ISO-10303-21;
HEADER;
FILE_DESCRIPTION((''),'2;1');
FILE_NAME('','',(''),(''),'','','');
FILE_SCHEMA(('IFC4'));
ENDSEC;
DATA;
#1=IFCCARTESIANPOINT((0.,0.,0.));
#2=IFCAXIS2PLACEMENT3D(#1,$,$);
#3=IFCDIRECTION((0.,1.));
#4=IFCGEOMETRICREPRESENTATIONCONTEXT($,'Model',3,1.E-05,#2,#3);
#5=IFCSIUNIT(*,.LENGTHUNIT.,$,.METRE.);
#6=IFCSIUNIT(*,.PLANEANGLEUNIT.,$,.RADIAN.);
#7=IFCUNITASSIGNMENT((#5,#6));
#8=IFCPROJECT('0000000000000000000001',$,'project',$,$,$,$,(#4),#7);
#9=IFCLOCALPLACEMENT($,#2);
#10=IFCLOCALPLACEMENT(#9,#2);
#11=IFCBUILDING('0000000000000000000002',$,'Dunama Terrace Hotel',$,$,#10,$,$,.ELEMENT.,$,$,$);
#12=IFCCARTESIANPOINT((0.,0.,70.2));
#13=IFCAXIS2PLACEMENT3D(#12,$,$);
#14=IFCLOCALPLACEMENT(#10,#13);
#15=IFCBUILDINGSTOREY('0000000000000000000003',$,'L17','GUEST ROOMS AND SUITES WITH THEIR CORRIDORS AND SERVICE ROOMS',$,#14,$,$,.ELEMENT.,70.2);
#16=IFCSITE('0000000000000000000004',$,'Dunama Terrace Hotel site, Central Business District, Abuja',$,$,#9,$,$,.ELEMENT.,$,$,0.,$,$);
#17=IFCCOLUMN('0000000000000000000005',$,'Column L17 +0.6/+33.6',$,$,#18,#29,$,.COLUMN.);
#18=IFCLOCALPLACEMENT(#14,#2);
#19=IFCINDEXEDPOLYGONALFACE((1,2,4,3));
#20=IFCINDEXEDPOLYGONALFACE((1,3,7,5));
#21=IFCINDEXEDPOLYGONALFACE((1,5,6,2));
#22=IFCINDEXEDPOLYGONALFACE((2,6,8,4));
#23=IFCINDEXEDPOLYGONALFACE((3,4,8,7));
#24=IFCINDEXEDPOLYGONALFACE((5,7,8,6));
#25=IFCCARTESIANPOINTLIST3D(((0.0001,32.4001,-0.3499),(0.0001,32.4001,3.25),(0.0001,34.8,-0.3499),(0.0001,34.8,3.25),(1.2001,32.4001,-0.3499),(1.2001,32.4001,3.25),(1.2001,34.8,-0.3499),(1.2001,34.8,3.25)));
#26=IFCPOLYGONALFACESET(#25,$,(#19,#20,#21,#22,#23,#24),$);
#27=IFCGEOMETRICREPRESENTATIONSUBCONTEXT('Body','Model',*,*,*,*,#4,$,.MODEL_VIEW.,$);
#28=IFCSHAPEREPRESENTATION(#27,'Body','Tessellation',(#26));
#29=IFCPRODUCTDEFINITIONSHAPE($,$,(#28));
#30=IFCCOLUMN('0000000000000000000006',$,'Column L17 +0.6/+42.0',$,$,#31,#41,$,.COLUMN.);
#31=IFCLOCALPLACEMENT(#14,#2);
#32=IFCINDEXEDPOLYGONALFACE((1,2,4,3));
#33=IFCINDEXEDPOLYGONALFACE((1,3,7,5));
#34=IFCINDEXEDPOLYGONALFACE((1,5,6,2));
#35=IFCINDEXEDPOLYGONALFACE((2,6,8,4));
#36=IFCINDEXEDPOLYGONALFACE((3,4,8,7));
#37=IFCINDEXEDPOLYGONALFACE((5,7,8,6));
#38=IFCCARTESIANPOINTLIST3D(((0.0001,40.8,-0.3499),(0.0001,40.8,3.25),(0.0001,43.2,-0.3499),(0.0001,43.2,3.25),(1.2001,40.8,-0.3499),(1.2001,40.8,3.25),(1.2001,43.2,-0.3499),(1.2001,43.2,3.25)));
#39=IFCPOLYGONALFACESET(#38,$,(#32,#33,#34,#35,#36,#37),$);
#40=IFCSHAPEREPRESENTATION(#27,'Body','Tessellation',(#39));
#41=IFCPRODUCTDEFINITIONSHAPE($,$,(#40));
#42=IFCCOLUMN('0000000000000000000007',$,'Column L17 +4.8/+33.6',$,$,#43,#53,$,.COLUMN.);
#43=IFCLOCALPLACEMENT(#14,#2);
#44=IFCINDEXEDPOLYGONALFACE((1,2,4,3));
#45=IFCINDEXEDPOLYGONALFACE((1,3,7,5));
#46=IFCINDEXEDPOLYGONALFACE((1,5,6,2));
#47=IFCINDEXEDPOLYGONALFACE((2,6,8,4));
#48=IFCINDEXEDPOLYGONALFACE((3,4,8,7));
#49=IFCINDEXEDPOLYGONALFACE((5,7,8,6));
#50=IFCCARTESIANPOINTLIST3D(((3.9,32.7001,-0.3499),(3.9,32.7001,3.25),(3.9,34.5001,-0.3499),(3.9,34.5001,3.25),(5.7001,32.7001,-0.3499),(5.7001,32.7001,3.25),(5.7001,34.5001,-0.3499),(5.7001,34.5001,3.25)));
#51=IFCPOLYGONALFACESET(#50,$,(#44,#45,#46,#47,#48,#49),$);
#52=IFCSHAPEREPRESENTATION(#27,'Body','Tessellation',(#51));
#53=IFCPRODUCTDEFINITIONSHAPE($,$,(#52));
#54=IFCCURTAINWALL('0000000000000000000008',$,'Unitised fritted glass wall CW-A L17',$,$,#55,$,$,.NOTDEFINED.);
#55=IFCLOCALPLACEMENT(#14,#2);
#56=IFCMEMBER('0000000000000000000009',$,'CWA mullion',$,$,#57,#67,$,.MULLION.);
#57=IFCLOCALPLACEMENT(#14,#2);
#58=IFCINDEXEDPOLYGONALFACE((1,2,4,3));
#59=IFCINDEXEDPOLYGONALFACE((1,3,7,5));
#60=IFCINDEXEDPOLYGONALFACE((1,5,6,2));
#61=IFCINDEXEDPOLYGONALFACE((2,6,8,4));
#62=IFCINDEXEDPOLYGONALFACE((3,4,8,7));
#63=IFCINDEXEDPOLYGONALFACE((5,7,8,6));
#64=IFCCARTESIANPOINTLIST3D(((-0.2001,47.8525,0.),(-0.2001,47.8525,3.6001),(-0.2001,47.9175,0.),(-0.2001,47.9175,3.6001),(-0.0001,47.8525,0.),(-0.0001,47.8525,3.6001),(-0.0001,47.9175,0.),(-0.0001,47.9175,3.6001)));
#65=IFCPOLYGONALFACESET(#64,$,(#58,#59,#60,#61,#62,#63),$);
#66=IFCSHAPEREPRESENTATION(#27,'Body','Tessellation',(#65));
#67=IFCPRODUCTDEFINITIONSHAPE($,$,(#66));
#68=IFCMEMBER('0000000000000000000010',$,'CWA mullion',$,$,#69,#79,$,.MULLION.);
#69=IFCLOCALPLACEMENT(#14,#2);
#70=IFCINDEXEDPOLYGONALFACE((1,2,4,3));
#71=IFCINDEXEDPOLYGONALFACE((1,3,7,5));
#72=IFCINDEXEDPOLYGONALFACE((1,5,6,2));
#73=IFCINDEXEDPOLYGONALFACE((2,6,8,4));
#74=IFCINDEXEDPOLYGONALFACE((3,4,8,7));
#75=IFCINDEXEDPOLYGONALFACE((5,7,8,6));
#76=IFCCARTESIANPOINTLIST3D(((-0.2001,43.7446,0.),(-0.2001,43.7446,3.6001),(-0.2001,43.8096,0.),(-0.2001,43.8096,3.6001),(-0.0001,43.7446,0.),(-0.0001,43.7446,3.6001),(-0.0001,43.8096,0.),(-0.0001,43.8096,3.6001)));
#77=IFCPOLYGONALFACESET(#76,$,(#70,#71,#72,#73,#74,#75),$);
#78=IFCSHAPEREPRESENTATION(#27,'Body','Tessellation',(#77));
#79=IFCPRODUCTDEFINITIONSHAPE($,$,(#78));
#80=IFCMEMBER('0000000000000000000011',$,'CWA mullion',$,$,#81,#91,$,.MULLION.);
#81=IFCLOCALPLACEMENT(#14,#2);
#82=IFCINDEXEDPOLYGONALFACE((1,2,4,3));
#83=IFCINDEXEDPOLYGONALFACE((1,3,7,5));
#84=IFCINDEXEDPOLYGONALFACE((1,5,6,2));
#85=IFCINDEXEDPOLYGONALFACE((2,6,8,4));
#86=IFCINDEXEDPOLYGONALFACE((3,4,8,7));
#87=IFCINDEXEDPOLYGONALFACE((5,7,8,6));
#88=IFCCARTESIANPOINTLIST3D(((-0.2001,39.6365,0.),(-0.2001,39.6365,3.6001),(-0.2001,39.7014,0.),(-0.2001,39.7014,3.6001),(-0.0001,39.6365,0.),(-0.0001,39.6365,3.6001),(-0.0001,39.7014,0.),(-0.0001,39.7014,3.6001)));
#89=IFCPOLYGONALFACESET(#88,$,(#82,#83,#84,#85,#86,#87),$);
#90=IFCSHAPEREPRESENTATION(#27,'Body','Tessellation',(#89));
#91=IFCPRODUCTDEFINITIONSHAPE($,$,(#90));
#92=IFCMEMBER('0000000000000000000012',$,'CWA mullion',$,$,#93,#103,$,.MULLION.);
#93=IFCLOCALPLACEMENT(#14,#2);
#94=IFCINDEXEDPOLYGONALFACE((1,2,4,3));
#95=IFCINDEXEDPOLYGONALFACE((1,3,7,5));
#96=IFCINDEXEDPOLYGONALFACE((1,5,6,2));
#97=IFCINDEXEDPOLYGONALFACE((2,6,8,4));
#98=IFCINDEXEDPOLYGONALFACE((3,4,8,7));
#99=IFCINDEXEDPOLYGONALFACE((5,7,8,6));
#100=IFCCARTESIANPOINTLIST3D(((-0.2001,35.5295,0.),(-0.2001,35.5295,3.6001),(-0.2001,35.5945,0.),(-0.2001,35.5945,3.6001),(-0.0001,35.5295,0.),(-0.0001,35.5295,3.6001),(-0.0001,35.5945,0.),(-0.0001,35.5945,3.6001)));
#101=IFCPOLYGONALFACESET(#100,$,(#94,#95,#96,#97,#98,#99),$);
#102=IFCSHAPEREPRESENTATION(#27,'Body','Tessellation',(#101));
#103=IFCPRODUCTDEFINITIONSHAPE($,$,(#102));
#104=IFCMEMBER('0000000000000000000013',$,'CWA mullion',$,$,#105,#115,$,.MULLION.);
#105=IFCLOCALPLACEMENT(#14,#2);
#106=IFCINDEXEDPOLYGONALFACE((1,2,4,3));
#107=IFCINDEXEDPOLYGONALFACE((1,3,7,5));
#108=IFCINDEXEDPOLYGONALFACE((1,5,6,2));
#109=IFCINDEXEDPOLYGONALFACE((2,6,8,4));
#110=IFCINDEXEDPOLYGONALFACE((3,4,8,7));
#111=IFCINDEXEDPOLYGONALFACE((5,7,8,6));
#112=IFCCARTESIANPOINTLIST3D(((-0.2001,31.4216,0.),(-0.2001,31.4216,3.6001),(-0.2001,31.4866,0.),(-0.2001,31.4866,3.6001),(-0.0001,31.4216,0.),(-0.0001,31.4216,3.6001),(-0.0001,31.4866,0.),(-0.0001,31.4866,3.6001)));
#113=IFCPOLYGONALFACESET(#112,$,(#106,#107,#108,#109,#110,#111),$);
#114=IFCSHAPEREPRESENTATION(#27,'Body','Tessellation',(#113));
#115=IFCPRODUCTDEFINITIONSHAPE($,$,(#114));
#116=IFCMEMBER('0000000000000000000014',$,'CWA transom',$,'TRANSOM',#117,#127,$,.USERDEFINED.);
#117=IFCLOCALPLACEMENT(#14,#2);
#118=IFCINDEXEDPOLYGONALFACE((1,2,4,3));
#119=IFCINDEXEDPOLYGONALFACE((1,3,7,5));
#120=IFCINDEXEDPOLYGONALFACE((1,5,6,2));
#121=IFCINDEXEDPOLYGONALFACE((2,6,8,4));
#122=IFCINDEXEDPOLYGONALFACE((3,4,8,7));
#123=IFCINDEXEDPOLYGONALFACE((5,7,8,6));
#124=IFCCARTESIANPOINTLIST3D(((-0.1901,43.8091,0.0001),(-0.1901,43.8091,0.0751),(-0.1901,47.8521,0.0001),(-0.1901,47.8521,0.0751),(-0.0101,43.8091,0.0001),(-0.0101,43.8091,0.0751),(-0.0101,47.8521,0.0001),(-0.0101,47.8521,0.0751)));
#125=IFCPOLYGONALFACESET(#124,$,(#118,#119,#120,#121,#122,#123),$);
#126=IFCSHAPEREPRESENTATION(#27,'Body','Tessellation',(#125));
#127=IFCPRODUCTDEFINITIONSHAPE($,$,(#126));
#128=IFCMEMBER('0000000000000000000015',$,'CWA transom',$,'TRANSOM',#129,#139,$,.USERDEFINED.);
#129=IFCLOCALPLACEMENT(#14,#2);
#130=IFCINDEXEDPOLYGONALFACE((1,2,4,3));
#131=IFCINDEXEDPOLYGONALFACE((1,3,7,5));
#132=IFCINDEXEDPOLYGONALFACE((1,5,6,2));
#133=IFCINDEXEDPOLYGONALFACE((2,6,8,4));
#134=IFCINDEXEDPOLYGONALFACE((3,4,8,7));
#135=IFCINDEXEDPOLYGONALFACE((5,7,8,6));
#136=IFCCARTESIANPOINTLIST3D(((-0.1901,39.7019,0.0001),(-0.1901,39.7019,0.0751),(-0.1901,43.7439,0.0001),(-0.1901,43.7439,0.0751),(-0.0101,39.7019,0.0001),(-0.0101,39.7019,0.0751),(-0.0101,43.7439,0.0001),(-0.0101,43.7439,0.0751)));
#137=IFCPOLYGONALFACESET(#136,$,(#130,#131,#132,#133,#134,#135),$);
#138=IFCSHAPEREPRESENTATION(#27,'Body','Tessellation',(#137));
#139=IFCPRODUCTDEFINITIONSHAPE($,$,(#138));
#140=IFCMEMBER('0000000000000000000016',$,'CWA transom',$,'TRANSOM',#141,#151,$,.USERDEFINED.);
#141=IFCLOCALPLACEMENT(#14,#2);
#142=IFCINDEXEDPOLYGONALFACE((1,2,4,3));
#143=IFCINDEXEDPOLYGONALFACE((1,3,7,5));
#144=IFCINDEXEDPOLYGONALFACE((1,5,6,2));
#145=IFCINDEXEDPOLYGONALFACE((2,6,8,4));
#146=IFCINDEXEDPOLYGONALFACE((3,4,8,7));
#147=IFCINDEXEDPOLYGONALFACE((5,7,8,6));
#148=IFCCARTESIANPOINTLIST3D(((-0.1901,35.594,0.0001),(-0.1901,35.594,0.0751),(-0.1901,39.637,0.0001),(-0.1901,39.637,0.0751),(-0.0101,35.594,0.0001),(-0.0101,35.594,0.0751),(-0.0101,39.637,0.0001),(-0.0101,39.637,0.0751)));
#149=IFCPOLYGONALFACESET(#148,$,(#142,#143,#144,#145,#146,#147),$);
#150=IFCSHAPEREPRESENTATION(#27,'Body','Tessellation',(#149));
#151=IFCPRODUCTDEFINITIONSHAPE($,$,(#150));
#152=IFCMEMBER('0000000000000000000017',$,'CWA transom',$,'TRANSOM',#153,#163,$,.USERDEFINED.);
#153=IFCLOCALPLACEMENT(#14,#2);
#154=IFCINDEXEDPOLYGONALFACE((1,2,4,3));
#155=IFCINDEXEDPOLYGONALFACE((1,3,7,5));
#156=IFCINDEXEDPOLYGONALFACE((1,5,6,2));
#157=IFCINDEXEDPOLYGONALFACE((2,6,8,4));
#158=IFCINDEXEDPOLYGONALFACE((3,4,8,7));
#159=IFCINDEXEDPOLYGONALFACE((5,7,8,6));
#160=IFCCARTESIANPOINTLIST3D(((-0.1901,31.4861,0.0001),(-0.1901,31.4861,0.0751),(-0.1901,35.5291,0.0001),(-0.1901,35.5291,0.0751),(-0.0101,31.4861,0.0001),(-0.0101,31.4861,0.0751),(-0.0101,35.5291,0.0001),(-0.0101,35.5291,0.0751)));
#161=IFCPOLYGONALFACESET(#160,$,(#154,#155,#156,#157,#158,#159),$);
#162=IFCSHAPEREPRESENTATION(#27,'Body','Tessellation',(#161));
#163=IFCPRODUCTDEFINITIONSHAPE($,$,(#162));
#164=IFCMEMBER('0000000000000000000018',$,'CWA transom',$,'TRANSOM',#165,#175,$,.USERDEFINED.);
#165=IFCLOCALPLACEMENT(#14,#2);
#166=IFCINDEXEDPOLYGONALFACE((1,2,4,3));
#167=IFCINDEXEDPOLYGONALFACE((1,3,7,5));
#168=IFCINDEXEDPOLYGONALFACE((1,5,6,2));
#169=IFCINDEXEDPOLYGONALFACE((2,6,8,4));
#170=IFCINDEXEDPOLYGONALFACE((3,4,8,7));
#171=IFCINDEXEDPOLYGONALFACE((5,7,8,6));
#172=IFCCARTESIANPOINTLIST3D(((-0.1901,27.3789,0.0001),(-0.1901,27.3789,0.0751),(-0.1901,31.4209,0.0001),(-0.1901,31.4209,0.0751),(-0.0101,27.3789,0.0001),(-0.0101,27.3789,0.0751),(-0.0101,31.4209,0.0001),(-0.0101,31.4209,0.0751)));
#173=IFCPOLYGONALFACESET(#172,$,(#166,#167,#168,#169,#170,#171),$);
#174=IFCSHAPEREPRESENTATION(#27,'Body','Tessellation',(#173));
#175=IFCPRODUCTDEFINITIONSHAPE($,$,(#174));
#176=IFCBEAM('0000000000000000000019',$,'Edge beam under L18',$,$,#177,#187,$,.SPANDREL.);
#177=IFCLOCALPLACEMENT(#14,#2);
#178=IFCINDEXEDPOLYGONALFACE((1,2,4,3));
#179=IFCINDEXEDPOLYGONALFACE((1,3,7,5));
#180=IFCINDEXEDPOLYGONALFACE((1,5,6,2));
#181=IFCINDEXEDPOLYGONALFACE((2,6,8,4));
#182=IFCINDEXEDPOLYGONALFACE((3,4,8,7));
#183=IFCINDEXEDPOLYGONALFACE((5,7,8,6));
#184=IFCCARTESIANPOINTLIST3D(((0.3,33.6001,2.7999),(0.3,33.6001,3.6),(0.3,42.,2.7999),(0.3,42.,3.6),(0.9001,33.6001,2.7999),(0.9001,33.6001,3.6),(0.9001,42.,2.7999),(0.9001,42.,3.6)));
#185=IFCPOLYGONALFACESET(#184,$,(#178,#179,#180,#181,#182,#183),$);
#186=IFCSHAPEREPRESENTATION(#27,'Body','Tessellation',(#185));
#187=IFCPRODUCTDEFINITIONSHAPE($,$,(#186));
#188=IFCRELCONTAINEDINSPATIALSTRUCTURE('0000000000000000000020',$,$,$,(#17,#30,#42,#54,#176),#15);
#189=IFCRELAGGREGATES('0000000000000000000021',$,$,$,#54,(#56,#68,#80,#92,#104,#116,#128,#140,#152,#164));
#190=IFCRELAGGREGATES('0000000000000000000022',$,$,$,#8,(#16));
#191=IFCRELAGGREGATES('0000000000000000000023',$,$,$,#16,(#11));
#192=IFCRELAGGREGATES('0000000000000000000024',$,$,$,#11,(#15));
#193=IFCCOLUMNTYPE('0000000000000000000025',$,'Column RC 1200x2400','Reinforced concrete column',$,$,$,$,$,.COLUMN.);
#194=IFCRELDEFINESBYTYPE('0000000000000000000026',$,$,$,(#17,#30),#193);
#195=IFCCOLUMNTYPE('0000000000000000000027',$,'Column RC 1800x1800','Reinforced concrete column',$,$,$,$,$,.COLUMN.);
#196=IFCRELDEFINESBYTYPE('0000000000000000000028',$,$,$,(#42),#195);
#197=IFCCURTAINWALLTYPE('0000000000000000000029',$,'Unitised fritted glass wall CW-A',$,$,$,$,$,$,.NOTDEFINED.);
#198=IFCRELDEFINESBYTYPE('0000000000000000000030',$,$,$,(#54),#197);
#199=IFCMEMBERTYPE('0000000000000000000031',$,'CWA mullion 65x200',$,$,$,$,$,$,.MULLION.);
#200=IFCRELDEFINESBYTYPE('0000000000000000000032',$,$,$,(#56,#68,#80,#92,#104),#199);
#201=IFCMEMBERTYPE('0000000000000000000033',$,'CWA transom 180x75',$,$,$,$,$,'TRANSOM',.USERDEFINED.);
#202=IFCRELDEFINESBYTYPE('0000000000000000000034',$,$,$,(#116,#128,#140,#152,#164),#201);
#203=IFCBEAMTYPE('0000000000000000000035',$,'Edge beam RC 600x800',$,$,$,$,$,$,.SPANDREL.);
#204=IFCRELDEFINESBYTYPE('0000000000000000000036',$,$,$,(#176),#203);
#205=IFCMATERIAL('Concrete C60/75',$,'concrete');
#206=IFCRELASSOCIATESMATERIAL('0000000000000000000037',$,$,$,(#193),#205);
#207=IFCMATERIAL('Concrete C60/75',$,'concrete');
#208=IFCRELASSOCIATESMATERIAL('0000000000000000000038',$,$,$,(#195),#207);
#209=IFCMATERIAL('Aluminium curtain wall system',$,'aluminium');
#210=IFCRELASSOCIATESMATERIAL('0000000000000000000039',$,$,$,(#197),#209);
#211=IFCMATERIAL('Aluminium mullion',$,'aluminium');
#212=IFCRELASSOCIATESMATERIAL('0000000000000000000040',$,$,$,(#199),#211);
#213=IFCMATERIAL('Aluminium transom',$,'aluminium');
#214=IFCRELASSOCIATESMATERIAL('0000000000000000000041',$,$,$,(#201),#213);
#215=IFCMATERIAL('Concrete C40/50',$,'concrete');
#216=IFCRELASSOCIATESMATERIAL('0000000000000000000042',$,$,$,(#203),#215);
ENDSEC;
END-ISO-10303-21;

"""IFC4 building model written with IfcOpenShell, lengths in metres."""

from ifc_helpers import new_model, si_unit, direction, frame, origin, origin_2d, place, context, subcontext, project, spatial, rectangle, extrude, material, material_profile, profile_set, type_object, element, aggregate, save


model = new_model("IFC4")

# Units and contexts
model_context = context("Model", 3, precision=1e-05, world=origin(), true_north=direction((0.0, 1.0)))
body_context = subcontext(model_context, "Body", "Model", "MODEL_VIEW")
ifc_project = project(units=[si_unit("LENGTHUNIT", "METRE"), si_unit("PLANEANGLEUNIT", "RADIAN")], contexts=[model_context])

# Site, building, storey
site_placement = place(None, origin())
site = spatial("IfcSite", under=ifc_project, at=site_placement, Name="Dunama Terrace Hotel site, Central Business District, Abuja", CompositionType="ELEMENT", RefElevation=0.0)
building_placement = place(site_placement, origin())
building = spatial("IfcBuilding", under=site, at=building_placement, Name="Dunama Terrace Hotel", CompositionType="ELEMENT")
storey_placement = place(building_placement, frame((0.0, 0.0, 70.2)))
storey = spatial("IfcBuildingStorey", under=building, at=storey_placement, Name="L17", Description="GUEST ROOMS AND SUITES WITH THEIR CORRIDORS AND SERVICE ROOMS", CompositionType="ELEMENT", Elevation=70.2)

# Columns
ifc_material_1 = material(Name="Concrete C60/75", Category="concrete")
ifc_material_profile_1 = material_profile(ifc_material_1, rectangle(XDim=1.2, YDim=2.3999, at=origin_2d()), Name="RC 1200x2400")
ifc_profile_set_1 = profile_set([ifc_material_profile_1], Name="Concrete C60/75")
column_type_1 = type_object("IfcColumnType", Name="Column RC 1200x2400", Description="Reinforced concrete column", PredefinedType="COLUMN", material=ifc_profile_set_1)
for number, where, z_axis, x_axis, name in (
    (1, (0.6001, 33.6001, -0.3499), (0.0, 0.0, 1.0), (1.0, 0.0, 0.0), "Column L17 +0.6/+33.6"),
    (2, (0.6001, 42.0, -0.3499), (0.0, 0.0, 1.0), (1.0, 0.0, 0.0), "Column L17 +0.6/+42.0"),
):
    element("IfcColumn", number, at=place(storey_placement, frame(where, z_axis=z_axis, x_axis=x_axis)), inside=storey, type_object=column_type_1, Name=name, PredefinedType="COLUMN", context=body_context, shape_type="SweptSolid", body=[
        extrude(rectangle(XDim=1.2, YDim=2.3999, at=origin_2d()), origin(), (0.0, 0.0, 1.0), 3.5999),
    ])
ifc_material_2 = material(Name="Concrete C60/75", Category="concrete")
ifc_material_profile_2 = material_profile(ifc_material_2, rectangle(XDim=1.8, YDim=1.8, at=origin_2d()), Name="RC 1800x1800")
ifc_profile_set_2 = profile_set([ifc_material_profile_2], Name="Concrete C60/75")
column_type_2 = type_object("IfcColumnType", Name="Column RC 1800x1800", Description="Reinforced concrete column", PredefinedType="COLUMN", material=ifc_profile_set_2)
column_placement = place(storey_placement, frame((4.8, 33.6001, -0.3499), z_axis=(0.0, 0.0, 1.0), x_axis=(1.0, 0.0, 0.0)))
element("IfcColumn", 3, at=column_placement, inside=storey, type_object=column_type_2, Name="Column L17 +4.8/+33.6", PredefinedType="COLUMN", context=body_context, shape_type="SweptSolid", body=[
    extrude(rectangle(XDim=1.8, YDim=1.8, at=origin_2d()), origin(), (0.0, 0.0, 1.0), 3.5999),
])

# Curtain wall, members
ifc_material_3 = material(Name="Aluminium curtain wall system", Category="aluminium")
curtain_wall_type = type_object("IfcCurtainWallType", Name="Unitised fritted glass wall CW-A", PredefinedType="NOTDEFINED", material=ifc_material_3)
curtain_wall_placement = place(storey_placement, origin())
curtain_wall = element("IfcCurtainWall", 4, at=curtain_wall_placement, inside=storey, type_object=curtain_wall_type, Name="Unitised fritted glass wall CW-A L17", PredefinedType="NOTDEFINED")
ifc_material_4 = material(Name="Aluminium mullion", Category="aluminium")
ifc_material_profile_3 = material_profile(ifc_material_4, rectangle(XDim=0.0649, YDim=0.2, at=origin_2d()), Name="CWA MULLION 65X200")
ifc_profile_set_3 = profile_set([ifc_material_profile_3], Name="Aluminium mullion")
member_type_1 = type_object("IfcMemberType", Name="CWA mullion 65x200", PredefinedType="MULLION", material=ifc_profile_set_3)
member_1_placement = place(storey_placement, frame((-0.1001, 47.885, 0.0), z_axis=(0.0, 0.0, 1.0), x_axis=(0.0, -1.0, 0.0)))
member_1 = element("IfcMember", 5, at=member_1_placement, type_object=member_type_1, Name="CWA mullion", PredefinedType="MULLION", context=body_context, shape_type="SweptSolid", body=[
    extrude(rectangle(XDim=0.0649, YDim=0.2, at=origin_2d()), origin(), (0.0, 0.0, 1.0), 3.6001),
])
member_2_placement = place(storey_placement, frame((-0.1001, 43.7771, 0.0), z_axis=(0.0, 0.0, 1.0), x_axis=(0.0, -1.0, 0.0)))
member_2 = element("IfcMember", 6, at=member_2_placement, type_object=member_type_1, Name="CWA mullion", PredefinedType="MULLION", context=body_context, shape_type="SweptSolid", body=[
    extrude(rectangle(XDim=0.0649, YDim=0.2, at=origin_2d()), origin(), (0.0, 0.0, 1.0), 3.6001),
])
member_3_placement = place(storey_placement, frame((-0.1001, 39.6689, 0.0), z_axis=(0.0, 0.0, 1.0), x_axis=(0.0, -1.0, 0.0)))
member_3 = element("IfcMember", 7, at=member_3_placement, type_object=member_type_1, Name="CWA mullion", PredefinedType="MULLION", context=body_context, shape_type="SweptSolid", body=[
    extrude(rectangle(XDim=0.0649, YDim=0.2, at=origin_2d()), origin(), (0.0, 0.0, 1.0), 3.6001),
])
member_4_placement = place(storey_placement, frame((-0.1001, 35.562, 0.0), z_axis=(0.0, 0.0, 1.0), x_axis=(0.0, -1.0, 0.0)))
member_4 = element("IfcMember", 8, at=member_4_placement, type_object=member_type_1, Name="CWA mullion", PredefinedType="MULLION", context=body_context, shape_type="SweptSolid", body=[
    extrude(rectangle(XDim=0.0649, YDim=0.2, at=origin_2d()), origin(), (0.0, 0.0, 1.0), 3.6001),
])
member_5_placement = place(storey_placement, frame((-0.1001, 31.4541, 0.0), z_axis=(0.0, 0.0, 1.0), x_axis=(0.0, -1.0, 0.0)))
member_5 = element("IfcMember", 9, at=member_5_placement, type_object=member_type_1, Name="CWA mullion", PredefinedType="MULLION", context=body_context, shape_type="SweptSolid", body=[
    extrude(rectangle(XDim=0.0649, YDim=0.2, at=origin_2d()), origin(), (0.0, 0.0, 1.0), 3.6001),
])
ifc_material_5 = material(Name="Aluminium transom", Category="aluminium")
ifc_material_profile_4 = material_profile(ifc_material_5, rectangle(XDim=0.1799, YDim=0.075, at=origin_2d()), Name="CWA TRANSOM 180X75")
ifc_profile_set_4 = profile_set([ifc_material_profile_4], Name="Aluminium transom")
member_type_2 = type_object("IfcMemberType", Name="CWA transom 180x75", ElementType="TRANSOM", PredefinedType="USERDEFINED", material=ifc_profile_set_4)
member_6_placement = place(storey_placement, frame((-0.1001, 47.8521, 0.0376), z_axis=(0.0, -1.0, 0.0), x_axis=(1.0, 0.0, 0.0)))
member_6 = element("IfcMember", 10, at=member_6_placement, type_object=member_type_2, Name="CWA transom", ObjectType="TRANSOM", PredefinedType="USERDEFINED", context=body_context, shape_type="SweptSolid", body=[
    extrude(rectangle(XDim=0.1799, YDim=0.075, at=origin_2d()), origin(), (0.0, 0.0, 1.0), 4.043),
])
member_7_placement = place(storey_placement, frame((-0.1001, 43.7439, 0.0376), z_axis=(0.0, -1.0, 0.0), x_axis=(1.0, 0.0, 0.0)))
member_7 = element("IfcMember", 11, at=member_7_placement, type_object=member_type_2, Name="CWA transom", ObjectType="TRANSOM", PredefinedType="USERDEFINED", context=body_context, shape_type="SweptSolid", body=[
    extrude(rectangle(XDim=0.1799, YDim=0.075, at=origin_2d()), origin(), (0.0, 0.0, 1.0), 4.042),
])
member_8_placement = place(storey_placement, frame((-0.1001, 39.637, 0.0376), z_axis=(0.0, -1.0, 0.0), x_axis=(1.0, 0.0, 0.0)))
member_8 = element("IfcMember", 12, at=member_8_placement, type_object=member_type_2, Name="CWA transom", ObjectType="TRANSOM", PredefinedType="USERDEFINED", context=body_context, shape_type="SweptSolid", body=[
    extrude(rectangle(XDim=0.1799, YDim=0.075, at=origin_2d()), origin(), (0.0, 0.0, 1.0), 4.043),
])
member_9_placement = place(storey_placement, frame((-0.1001, 35.5291, 0.0376), z_axis=(0.0, -1.0, 0.0), x_axis=(1.0, 0.0, 0.0)))
member_9 = element("IfcMember", 13, at=member_9_placement, type_object=member_type_2, Name="CWA transom", ObjectType="TRANSOM", PredefinedType="USERDEFINED", context=body_context, shape_type="SweptSolid", body=[
    extrude(rectangle(XDim=0.1799, YDim=0.075, at=origin_2d()), origin(), (0.0, 0.0, 1.0), 4.043),
])
member_10_placement = place(storey_placement, frame((-0.1001, 31.4209, 0.0376), z_axis=(0.0, -1.0, 0.0), x_axis=(1.0, 0.0, 0.0)))
member_10 = element("IfcMember", 14, at=member_10_placement, type_object=member_type_2, Name="CWA transom", ObjectType="TRANSOM", PredefinedType="USERDEFINED", context=body_context, shape_type="SweptSolid", body=[
    extrude(rectangle(XDim=0.1799, YDim=0.075, at=origin_2d()), origin(), (0.0, 0.0, 1.0), 4.042),
])

# Beam
ifc_material_6 = material(Name="Concrete C40/50", Category="concrete")
ifc_material_profile_5 = material_profile(ifc_material_6, rectangle(XDim=0.6001, YDim=0.8, at=origin_2d()), Name="RC 600x800")
ifc_profile_set_5 = profile_set([ifc_material_profile_5], Name="Concrete C40/50")
beam_type = type_object("IfcBeamType", Name="Edge beam RC 600x800", PredefinedType="SPANDREL", material=ifc_profile_set_5)
for number, where, z_axis, x_axis, name in (
    (15, (0.6001, 33.6001, 3.2), (0.0, 1.0, 0.0), (-1.0, 0.0, 0.0), "Edge beam under L18"),
):
    element("IfcBeam", number, at=place(storey_placement, frame(where, z_axis=z_axis, x_axis=x_axis)), inside=storey, type_object=beam_type, Name=name, PredefinedType="SPANDREL", context=body_context, shape_type="SweptSolid", body=[
        extrude(rectangle(XDim=0.6001, YDim=0.8, at=origin_2d()), origin(), (0.0, 0.0, 1.0), 8.3999),
    ])

aggregate(curtain_wall, [member_1, member_2, member_3, member_4, member_5, member_6, member_7, member_8, member_9, member_10])

save(model, "model.ifc")
